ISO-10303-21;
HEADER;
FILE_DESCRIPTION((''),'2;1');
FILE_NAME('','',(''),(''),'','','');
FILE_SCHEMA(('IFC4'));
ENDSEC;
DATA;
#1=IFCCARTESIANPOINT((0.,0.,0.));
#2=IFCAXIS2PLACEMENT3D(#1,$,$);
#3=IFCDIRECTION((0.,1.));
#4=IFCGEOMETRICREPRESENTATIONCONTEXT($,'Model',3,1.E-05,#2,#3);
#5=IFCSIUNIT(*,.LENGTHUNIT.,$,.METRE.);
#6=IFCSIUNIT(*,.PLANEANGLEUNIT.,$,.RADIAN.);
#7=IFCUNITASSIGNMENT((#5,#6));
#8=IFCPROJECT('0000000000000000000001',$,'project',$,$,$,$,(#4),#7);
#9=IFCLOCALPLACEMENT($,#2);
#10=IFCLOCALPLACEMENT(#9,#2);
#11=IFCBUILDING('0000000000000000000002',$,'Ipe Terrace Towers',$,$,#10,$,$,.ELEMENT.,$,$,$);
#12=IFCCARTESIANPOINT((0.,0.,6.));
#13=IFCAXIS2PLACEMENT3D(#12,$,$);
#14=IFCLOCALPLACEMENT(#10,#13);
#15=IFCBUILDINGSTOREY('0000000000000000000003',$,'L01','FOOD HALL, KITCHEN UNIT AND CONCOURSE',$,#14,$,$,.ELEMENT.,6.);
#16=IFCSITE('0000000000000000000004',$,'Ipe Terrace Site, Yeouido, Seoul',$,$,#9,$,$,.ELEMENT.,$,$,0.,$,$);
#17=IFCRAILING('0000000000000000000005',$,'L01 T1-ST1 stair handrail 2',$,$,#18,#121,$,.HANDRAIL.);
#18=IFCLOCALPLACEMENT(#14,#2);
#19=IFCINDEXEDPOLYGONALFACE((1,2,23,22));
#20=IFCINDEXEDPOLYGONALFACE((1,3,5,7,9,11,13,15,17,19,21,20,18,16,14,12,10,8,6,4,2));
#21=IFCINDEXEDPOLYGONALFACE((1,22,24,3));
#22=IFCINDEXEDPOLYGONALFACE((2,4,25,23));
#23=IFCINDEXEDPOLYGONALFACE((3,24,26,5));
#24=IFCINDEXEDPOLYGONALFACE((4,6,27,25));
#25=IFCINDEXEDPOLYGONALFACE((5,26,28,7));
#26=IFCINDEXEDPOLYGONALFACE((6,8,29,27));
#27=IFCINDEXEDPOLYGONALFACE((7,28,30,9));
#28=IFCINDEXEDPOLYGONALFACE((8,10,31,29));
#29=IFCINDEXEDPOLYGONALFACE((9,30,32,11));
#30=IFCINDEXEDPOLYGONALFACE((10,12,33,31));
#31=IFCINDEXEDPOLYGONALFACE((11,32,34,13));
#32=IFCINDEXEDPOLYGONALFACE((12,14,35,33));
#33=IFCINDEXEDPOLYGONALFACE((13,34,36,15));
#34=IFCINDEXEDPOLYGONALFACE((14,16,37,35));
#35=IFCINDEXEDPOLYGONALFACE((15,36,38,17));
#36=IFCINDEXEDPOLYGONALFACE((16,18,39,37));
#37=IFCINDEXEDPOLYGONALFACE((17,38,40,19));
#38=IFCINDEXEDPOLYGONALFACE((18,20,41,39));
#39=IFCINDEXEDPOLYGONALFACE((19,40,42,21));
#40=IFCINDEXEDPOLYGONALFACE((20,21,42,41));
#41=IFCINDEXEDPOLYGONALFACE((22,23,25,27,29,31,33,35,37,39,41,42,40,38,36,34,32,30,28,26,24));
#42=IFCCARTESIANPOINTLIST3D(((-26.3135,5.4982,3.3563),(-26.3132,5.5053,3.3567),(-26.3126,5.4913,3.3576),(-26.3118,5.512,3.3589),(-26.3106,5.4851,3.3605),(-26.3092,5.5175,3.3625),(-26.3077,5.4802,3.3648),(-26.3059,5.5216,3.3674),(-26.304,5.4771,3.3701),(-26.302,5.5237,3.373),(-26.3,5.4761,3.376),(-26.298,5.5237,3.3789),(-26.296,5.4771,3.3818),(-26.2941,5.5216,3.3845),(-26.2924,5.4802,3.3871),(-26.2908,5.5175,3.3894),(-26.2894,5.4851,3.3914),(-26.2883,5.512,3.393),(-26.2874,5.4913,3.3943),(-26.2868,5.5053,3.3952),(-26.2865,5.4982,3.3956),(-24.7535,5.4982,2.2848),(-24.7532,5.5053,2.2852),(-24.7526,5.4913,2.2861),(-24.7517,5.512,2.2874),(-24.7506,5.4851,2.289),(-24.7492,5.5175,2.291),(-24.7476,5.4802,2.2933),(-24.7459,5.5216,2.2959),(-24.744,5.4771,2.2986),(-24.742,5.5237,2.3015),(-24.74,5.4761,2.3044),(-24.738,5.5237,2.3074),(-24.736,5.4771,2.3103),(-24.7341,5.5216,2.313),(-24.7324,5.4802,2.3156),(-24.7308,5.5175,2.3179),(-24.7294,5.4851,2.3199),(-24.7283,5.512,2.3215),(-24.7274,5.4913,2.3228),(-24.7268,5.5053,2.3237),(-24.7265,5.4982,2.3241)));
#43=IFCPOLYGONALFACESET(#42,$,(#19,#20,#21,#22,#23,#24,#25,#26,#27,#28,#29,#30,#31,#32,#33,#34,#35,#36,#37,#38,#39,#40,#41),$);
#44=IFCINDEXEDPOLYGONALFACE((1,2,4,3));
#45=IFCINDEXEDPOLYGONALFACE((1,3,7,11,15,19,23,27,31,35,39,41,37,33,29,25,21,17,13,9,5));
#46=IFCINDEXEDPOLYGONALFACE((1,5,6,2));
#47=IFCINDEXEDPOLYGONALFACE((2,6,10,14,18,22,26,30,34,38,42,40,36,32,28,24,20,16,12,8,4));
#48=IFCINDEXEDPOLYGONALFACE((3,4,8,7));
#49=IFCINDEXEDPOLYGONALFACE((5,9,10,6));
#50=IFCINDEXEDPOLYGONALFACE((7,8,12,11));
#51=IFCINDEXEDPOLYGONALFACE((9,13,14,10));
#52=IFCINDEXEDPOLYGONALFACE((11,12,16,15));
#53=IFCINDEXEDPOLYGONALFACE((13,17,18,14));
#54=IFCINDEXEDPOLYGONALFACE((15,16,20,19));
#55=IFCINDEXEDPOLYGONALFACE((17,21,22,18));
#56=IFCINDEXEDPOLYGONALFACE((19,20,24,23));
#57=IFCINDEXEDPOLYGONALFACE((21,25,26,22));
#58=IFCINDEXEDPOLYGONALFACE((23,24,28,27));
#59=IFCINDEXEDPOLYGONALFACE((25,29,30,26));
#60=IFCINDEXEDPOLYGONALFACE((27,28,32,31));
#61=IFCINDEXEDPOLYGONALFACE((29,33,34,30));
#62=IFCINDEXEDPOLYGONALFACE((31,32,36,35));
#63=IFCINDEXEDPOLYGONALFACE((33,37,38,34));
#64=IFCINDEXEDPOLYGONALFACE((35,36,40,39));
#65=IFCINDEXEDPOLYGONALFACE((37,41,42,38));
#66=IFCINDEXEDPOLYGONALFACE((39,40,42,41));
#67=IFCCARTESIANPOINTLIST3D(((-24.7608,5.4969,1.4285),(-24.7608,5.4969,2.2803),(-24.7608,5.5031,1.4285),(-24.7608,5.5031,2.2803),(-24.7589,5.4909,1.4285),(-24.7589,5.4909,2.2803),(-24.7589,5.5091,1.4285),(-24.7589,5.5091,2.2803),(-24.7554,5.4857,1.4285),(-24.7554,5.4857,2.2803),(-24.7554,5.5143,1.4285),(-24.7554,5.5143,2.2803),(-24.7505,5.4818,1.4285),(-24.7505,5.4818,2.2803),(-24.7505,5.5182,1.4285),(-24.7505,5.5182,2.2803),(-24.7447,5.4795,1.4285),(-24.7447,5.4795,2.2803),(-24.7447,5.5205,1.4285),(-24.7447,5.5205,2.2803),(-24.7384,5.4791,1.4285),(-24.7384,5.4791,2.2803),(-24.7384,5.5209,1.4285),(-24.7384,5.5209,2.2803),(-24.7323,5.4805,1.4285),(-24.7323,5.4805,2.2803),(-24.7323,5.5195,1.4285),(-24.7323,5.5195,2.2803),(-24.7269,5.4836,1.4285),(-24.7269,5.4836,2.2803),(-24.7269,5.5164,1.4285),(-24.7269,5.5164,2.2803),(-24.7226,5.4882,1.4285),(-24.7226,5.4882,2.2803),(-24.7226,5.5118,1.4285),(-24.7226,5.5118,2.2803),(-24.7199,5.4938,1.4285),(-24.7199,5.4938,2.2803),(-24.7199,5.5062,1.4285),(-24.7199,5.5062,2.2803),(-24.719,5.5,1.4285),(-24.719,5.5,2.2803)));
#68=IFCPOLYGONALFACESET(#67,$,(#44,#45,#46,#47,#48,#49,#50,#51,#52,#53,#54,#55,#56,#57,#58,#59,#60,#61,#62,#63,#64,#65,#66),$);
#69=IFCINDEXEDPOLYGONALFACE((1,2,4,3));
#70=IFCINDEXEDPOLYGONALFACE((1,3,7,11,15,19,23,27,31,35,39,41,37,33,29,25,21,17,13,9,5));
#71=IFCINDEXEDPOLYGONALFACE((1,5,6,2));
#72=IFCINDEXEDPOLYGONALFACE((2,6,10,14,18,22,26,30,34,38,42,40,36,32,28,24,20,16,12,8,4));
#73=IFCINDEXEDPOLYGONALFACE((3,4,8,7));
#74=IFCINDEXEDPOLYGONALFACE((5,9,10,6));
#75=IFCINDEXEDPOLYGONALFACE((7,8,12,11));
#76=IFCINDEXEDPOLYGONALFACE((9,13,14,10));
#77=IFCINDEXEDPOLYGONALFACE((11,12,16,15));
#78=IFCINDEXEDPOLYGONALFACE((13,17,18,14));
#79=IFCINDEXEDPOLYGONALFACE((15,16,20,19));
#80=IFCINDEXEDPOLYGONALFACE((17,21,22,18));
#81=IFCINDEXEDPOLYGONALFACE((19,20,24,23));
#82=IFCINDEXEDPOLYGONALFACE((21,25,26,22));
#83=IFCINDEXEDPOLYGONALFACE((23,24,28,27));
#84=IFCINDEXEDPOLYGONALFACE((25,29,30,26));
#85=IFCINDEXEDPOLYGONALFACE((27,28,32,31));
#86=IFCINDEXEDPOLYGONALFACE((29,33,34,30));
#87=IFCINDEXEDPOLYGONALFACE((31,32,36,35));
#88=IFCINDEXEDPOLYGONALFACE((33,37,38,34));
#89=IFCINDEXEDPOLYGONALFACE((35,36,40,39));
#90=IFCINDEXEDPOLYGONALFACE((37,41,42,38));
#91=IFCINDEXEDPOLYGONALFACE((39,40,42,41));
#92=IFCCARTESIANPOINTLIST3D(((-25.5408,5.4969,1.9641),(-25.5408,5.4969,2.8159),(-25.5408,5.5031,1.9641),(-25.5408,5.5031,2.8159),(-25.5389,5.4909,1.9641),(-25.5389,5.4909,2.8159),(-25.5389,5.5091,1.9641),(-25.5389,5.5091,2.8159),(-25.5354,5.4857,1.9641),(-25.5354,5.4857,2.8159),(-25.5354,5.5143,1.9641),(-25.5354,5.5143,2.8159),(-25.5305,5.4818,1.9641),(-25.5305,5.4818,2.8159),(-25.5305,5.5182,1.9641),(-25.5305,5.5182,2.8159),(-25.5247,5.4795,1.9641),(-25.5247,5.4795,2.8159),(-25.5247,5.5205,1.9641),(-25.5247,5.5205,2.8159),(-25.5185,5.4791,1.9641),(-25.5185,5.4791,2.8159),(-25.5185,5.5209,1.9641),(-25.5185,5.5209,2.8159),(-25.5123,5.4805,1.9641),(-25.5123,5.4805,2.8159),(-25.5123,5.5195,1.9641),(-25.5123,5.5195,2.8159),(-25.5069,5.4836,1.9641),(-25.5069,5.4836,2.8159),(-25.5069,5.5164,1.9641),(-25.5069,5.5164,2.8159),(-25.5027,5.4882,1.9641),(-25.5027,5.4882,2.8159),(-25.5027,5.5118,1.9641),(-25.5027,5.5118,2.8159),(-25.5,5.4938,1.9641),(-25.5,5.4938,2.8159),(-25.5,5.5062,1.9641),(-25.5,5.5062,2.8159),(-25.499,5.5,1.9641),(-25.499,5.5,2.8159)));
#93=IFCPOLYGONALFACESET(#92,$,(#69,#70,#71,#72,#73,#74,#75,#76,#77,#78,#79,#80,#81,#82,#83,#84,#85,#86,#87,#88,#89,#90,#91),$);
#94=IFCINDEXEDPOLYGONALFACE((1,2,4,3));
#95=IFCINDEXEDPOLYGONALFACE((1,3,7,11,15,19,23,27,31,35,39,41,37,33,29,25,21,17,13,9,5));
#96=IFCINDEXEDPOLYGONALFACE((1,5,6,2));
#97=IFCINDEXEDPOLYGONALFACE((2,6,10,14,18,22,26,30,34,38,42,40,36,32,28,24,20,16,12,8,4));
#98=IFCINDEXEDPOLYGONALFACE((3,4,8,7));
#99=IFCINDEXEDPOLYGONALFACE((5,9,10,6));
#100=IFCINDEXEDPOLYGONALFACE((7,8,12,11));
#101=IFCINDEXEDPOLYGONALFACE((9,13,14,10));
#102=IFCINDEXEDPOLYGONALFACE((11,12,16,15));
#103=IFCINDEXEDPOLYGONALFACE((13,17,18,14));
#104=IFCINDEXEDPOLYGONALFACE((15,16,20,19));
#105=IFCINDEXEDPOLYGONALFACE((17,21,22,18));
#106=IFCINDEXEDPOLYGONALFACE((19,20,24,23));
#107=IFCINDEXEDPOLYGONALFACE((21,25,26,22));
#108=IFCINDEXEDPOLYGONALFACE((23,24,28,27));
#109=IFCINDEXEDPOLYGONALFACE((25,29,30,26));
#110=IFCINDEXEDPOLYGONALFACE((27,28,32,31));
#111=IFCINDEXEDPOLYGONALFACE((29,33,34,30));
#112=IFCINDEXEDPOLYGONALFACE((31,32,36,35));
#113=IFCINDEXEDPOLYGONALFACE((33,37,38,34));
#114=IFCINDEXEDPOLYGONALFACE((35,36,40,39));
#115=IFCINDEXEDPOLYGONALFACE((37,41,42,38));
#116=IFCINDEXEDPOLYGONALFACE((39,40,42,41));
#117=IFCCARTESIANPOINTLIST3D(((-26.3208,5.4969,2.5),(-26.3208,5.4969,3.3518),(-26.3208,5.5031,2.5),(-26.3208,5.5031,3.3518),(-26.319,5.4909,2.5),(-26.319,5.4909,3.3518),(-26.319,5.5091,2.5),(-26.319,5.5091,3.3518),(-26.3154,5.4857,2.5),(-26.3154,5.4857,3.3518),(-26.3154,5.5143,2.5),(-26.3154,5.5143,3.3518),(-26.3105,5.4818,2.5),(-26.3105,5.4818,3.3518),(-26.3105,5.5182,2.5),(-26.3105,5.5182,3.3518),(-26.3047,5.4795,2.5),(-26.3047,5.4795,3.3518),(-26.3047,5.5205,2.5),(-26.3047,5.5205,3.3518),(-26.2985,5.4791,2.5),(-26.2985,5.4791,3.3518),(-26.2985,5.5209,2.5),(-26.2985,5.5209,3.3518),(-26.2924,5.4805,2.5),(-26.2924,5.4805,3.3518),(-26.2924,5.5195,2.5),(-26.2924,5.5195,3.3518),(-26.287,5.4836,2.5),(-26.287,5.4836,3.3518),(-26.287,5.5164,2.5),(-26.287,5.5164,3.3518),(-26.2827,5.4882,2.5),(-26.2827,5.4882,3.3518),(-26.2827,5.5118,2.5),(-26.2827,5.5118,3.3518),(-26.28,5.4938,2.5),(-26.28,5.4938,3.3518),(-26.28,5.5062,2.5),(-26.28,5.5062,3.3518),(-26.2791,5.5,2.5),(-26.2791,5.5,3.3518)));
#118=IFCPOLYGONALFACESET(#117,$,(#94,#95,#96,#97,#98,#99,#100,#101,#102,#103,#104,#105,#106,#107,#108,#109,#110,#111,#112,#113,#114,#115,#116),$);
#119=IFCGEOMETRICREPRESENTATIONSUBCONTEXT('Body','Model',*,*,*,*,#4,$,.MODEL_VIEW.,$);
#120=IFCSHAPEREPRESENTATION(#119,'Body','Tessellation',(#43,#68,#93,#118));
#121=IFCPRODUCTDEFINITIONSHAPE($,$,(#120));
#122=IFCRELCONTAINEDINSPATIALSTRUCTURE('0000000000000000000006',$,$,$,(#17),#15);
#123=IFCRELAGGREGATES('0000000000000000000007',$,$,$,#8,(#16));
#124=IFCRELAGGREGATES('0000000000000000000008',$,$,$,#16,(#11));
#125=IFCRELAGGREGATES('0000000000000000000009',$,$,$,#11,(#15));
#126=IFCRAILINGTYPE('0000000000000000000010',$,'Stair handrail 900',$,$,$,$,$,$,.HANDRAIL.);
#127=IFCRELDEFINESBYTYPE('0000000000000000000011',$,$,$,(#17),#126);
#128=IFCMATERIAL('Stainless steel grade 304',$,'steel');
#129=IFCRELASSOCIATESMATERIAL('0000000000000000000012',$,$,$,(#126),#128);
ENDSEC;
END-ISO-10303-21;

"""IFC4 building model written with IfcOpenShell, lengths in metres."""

from ifc_helpers import new_model, si_unit, direction, frame, origin, origin_2d, place, context, subcontext, project, spatial, circle, extrude, material, type_object, element, save


model = new_model("IFC4")

# Units and contexts
model_context = context("Model", 3, precision=1e-05, world=origin(), true_north=direction((0.0, 1.0)))
body_context = subcontext(model_context, "Body", "Model", "MODEL_VIEW")
ifc_project = project(units=[si_unit("LENGTHUNIT", "METRE"), si_unit("PLANEANGLEUNIT", "RADIAN")], contexts=[model_context])

# Site, building, storey
site_placement = place(None, origin())
site = spatial("IfcSite", under=ifc_project, at=site_placement, Name="Ipe Terrace Site, Yeouido, Seoul", CompositionType="ELEMENT", RefElevation=0.0)
building_placement = place(site_placement, origin())
building = spatial("IfcBuilding", under=site, at=building_placement, Name="Ipe Terrace Towers", CompositionType="ELEMENT")
storey_placement = place(building_placement, frame((0.0, 0.0, 6.0)))
storey = spatial("IfcBuildingStorey", under=building, at=storey_placement, Name="L01", Description="FOOD HALL, KITCHEN UNIT AND CONCOURSE", CompositionType="ELEMENT", Elevation=6.0)

# Railing
ifc_material_1 = material(Name="Stainless steel grade 304", Category="steel")
railing_type_1 = type_object("IfcRailingType", Name="Stair handrail 900", PredefinedType="HANDRAIL", material=ifc_material_1)
railing_1_placement = place(storey_placement, frame((-24.74, 5.5, 1.4285)))
element("IfcRailing", 1, at=railing_1_placement, inside=storey, type_object=railing_type_1, Name="L01 T1-ST1 stair handrail 2", PredefinedType="HANDRAIL", context=body_context, shape_type="SweptSolid", body=[
    extrude(circle(Radius=0.0239, at=origin_2d()), frame((0.0, 0.0, 0.876), z_axis=(-0.82429, 0.0, 0.566167), x_axis=(0.0, -1.0, 0.0)), (0.0, 0.0, 1.0), 1.8926),
    extrude(circle(Radius=0.021, at=origin_2d()), origin(), (0.0, 0.0, 1.0), 0.8518),
    extrude(circle(Radius=0.021, at=origin_2d()), frame((-0.78, 0.0, 0.5356)), (0.0, 0.0, 1.0), 0.8518),
    extrude(circle(Radius=0.021, at=origin_2d()), frame((-1.5601, 0.0, 1.0715)), (0.0, 0.0, 1.0), 0.8518),
])

save(model, "model.ifc")
